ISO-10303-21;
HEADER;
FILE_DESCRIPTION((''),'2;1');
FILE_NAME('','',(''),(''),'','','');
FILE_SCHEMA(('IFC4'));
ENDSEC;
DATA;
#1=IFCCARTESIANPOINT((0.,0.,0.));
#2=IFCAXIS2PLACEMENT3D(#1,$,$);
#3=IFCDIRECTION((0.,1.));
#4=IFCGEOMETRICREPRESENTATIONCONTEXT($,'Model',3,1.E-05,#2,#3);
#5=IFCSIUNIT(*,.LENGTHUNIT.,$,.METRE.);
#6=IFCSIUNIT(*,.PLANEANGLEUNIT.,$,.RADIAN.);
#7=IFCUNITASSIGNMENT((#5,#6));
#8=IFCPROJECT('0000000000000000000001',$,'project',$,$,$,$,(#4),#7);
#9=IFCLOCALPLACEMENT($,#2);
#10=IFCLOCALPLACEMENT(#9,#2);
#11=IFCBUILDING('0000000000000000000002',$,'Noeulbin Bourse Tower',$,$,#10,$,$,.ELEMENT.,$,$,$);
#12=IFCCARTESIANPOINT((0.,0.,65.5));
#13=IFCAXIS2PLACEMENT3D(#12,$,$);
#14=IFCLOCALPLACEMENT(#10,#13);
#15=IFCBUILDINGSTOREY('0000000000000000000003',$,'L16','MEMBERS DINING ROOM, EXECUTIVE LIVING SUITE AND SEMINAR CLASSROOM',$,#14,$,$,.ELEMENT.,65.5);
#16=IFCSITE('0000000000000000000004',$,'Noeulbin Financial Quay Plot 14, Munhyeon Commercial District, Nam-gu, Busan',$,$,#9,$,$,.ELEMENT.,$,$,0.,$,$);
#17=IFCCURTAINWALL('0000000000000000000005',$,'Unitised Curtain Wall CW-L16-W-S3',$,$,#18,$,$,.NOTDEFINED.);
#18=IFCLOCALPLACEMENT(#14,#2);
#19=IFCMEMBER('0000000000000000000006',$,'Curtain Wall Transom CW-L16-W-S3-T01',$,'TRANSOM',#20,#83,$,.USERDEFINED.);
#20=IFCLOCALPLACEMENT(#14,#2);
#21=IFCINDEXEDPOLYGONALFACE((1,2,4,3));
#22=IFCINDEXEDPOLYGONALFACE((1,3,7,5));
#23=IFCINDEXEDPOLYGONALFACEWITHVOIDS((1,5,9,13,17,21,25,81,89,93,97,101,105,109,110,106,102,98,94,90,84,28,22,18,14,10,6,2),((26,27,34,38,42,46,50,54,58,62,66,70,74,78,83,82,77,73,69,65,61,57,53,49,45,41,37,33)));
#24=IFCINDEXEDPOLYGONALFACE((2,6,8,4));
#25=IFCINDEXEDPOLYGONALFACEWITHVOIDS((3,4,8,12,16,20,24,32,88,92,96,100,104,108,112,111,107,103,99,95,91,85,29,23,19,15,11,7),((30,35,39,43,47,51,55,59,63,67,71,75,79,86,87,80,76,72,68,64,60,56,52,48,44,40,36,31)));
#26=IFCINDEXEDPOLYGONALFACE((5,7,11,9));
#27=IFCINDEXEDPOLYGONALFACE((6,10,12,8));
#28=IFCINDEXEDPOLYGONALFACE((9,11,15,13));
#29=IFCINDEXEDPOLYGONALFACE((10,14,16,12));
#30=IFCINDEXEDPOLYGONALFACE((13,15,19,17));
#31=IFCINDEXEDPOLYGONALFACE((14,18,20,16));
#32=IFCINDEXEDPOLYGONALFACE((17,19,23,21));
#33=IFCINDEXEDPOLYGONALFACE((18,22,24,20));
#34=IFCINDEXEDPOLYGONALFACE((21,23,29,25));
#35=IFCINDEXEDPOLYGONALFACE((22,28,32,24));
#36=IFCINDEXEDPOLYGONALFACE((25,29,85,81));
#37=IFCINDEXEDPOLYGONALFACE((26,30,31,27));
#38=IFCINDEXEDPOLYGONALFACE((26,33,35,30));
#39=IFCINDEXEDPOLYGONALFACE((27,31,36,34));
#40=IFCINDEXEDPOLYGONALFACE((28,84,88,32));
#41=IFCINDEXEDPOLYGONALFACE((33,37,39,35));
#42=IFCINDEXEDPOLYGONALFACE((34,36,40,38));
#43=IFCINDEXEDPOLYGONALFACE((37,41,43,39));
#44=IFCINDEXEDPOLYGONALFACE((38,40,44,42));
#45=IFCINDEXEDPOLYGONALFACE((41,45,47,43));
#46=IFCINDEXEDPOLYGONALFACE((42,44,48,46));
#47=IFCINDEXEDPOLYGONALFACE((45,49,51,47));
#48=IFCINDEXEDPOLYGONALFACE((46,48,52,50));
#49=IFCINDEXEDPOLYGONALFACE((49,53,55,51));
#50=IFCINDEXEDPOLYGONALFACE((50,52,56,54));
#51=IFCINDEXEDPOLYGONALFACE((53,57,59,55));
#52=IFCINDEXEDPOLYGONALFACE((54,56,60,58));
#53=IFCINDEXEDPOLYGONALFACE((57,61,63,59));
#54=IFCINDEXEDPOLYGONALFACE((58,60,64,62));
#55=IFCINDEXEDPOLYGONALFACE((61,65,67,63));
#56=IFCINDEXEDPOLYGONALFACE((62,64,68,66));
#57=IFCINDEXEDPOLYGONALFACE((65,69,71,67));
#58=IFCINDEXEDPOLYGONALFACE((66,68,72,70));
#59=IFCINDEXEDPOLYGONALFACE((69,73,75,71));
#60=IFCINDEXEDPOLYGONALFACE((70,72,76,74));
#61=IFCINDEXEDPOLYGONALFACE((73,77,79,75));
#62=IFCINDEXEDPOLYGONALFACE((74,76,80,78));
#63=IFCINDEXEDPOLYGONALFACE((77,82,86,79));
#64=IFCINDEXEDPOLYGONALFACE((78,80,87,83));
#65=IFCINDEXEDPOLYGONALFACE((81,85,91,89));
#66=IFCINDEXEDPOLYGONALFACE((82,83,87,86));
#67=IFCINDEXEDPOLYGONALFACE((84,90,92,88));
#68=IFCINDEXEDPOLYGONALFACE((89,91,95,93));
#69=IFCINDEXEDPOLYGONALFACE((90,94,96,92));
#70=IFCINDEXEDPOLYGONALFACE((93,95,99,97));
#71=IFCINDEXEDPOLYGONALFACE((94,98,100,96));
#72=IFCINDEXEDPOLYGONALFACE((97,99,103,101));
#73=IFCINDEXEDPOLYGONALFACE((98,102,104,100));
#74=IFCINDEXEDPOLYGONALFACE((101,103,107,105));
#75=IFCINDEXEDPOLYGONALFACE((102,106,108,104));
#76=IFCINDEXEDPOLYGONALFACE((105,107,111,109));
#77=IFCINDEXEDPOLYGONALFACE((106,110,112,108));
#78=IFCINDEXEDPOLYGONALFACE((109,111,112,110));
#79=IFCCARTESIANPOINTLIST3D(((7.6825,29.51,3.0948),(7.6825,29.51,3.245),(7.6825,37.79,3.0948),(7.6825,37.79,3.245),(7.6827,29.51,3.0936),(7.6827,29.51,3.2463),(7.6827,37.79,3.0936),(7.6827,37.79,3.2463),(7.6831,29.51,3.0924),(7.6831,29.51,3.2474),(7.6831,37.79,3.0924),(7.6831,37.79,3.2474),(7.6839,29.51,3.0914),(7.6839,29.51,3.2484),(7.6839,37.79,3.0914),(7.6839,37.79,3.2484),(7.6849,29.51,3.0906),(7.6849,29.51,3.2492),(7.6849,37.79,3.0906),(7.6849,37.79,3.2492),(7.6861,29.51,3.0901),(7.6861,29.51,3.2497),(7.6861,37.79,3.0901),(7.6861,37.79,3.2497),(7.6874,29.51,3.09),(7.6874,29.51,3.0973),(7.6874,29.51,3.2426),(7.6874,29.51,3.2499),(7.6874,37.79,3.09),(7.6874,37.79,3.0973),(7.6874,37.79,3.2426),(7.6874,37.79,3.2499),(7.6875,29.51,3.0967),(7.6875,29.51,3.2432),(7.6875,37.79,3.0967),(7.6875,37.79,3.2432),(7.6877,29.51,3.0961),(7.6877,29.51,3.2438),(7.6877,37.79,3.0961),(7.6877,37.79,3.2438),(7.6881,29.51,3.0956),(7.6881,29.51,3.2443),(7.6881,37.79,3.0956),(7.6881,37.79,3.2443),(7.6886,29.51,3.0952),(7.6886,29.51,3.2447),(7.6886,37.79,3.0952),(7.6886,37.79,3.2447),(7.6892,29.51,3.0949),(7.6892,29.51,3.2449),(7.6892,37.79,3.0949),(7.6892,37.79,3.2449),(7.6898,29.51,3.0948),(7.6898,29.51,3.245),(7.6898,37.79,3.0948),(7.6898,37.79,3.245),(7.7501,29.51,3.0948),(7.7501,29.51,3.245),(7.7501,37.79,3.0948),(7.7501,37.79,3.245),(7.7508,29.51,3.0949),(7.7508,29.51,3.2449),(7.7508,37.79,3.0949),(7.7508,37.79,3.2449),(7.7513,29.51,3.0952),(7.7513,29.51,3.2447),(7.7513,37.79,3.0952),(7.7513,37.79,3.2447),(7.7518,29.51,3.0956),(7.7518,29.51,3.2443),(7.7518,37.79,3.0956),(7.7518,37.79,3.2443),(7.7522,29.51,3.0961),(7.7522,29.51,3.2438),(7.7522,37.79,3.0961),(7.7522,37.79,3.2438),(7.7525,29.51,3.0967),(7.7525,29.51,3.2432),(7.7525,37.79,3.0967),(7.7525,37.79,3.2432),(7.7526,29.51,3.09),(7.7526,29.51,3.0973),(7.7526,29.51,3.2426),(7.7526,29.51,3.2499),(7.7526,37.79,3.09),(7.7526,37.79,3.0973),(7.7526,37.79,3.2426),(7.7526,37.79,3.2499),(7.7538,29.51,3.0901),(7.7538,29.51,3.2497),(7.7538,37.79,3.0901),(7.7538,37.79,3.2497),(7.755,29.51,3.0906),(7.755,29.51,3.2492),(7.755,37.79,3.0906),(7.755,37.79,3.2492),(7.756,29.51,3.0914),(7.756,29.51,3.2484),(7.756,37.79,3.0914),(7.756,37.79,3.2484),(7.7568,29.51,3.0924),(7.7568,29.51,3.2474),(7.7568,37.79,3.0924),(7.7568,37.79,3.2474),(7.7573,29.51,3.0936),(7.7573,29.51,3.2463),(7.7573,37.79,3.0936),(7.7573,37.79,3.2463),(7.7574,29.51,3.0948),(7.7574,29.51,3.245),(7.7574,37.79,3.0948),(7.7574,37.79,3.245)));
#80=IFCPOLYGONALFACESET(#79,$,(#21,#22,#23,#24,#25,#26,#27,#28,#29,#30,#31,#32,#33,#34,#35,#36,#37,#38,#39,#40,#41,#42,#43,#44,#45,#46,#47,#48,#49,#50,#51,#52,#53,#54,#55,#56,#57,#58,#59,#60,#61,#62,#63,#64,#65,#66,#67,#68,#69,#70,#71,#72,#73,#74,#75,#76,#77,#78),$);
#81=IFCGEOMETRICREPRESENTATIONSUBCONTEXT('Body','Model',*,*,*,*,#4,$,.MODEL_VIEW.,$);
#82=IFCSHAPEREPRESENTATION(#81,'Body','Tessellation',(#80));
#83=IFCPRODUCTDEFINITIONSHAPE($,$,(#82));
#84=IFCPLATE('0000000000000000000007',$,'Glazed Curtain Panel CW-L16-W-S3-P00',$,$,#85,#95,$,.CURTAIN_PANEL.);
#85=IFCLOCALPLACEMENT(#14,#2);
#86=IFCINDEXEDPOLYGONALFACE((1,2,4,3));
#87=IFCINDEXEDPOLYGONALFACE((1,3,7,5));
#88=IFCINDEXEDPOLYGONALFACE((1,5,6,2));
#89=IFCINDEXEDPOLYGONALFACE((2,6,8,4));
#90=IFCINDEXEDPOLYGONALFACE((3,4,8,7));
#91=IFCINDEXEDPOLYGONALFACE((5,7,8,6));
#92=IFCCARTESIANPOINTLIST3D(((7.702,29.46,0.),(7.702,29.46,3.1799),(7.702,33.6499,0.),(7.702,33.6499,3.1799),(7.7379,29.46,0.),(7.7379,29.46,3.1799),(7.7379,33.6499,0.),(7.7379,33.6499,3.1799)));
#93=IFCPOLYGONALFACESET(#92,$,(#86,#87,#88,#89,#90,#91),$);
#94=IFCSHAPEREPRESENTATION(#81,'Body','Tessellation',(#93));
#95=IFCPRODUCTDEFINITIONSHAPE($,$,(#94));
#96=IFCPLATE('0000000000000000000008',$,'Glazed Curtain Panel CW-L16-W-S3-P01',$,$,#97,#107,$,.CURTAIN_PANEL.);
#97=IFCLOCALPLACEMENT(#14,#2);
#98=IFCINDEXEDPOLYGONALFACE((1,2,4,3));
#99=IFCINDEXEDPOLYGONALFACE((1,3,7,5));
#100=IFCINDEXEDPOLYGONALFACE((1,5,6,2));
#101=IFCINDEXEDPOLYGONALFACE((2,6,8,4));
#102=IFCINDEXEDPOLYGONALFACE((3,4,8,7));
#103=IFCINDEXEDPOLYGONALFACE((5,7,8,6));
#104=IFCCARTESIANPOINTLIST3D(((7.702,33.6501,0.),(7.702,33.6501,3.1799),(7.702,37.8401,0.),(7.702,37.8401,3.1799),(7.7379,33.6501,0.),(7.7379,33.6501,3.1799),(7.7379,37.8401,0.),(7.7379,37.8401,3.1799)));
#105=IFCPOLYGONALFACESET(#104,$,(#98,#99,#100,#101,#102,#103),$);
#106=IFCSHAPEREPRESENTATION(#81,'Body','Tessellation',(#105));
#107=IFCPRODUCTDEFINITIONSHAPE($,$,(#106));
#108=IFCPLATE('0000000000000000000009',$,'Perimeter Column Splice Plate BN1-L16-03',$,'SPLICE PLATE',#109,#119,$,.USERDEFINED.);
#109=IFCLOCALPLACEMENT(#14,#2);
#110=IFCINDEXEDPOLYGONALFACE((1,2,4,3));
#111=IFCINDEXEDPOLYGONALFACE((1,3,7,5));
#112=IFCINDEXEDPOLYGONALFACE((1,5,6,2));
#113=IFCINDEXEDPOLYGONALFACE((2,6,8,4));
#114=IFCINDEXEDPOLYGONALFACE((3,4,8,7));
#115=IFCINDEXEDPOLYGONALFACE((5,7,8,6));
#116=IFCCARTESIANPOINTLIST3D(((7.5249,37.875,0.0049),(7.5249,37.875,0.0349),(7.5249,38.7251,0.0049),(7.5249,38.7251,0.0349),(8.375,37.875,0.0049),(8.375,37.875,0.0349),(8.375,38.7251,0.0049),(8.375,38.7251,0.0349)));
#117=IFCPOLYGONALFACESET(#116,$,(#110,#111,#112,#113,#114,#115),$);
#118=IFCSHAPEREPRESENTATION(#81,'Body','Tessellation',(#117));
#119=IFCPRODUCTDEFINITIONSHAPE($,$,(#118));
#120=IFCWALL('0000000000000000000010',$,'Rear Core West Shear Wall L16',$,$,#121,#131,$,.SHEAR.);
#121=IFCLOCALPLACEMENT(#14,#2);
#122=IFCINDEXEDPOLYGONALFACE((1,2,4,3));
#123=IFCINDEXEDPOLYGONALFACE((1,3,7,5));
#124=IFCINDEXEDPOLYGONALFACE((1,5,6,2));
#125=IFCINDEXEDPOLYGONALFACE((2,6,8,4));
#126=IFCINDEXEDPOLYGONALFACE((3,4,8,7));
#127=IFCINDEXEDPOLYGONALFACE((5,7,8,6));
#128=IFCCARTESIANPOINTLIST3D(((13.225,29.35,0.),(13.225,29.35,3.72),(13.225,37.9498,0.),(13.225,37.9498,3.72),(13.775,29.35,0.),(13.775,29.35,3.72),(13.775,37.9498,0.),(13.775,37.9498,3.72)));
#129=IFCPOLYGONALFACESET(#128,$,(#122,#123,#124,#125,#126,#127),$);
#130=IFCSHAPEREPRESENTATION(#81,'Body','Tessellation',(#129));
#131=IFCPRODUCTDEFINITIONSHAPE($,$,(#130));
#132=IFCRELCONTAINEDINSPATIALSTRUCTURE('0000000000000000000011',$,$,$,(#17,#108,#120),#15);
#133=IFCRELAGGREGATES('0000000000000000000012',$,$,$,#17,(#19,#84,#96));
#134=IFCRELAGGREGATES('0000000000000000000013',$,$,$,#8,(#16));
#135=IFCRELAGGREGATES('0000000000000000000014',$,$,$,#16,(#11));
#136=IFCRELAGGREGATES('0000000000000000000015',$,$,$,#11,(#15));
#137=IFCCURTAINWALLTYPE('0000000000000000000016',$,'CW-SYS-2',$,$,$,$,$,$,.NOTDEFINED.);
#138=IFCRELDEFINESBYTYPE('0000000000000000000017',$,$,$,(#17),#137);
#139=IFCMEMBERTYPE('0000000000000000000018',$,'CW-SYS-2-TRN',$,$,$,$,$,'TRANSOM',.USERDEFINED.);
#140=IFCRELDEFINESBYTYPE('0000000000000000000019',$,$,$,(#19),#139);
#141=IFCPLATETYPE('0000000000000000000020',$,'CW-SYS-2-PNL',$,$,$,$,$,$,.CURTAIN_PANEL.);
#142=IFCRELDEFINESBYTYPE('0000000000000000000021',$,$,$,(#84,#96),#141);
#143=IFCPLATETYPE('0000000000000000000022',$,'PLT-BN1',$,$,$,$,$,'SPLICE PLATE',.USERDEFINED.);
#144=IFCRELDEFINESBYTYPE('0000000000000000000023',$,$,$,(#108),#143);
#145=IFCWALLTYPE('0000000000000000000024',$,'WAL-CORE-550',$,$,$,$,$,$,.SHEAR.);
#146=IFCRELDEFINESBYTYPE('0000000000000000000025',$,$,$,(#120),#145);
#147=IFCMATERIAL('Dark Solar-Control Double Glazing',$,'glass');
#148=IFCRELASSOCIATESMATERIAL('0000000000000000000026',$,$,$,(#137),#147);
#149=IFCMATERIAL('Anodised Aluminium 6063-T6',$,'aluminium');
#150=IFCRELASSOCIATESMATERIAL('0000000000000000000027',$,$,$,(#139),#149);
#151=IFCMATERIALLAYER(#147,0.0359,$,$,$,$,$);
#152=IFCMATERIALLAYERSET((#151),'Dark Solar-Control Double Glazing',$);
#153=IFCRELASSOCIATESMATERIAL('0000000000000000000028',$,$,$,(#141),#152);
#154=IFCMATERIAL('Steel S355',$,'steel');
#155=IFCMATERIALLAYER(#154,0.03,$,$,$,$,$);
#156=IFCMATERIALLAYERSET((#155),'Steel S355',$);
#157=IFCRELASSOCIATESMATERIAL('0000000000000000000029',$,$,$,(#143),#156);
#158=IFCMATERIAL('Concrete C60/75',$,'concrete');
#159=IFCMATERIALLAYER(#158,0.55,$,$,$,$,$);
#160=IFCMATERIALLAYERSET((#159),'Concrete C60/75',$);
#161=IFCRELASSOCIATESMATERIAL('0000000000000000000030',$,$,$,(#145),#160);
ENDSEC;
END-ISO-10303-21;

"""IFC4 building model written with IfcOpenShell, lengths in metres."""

from ifc_helpers import new_model, si_unit, direction, frame, frame_2d, origin, origin_2d, place, context, subcontext, project, spatial, rectangle, hollow_rectangle, extrude, material, layer, layer_set, material_profile, profile_set, type_object, element, aggregate, save


model = new_model("IFC4")

# Units and contexts
model_context = context("Model", 3, precision=1e-05, world=origin(), true_north=direction((0.0, 1.0)))
body_context = subcontext(model_context, "Body", "Model", "MODEL_VIEW")
ifc_project = project(units=[si_unit("LENGTHUNIT", "METRE"), si_unit("PLANEANGLEUNIT", "RADIAN")], contexts=[model_context])

# Site, building, storey
site_placement = place(None, origin())
site = spatial("IfcSite", under=ifc_project, at=site_placement, Name="Noeulbin Financial Quay Plot 14, Munhyeon Commercial District, Nam-gu, Busan", CompositionType="ELEMENT", RefElevation=0.0)
building_placement = place(site_placement, origin())
building = spatial("IfcBuilding", under=site, at=building_placement, Name="Noeulbin Bourse Tower", CompositionType="ELEMENT")
storey_placement = place(building_placement, frame((0.0, 0.0, 65.5)))
storey = spatial("IfcBuildingStorey", under=building, at=storey_placement, Name="L16", Description="MEMBERS DINING ROOM, EXECUTIVE LIVING SUITE AND SEMINAR CLASSROOM", CompositionType="ELEMENT", Elevation=65.5)

# Shared definitions
ifc_material_1 = material(Name="Steel S355", Category="steel")

# Curtain wall, member, plates
ifc_material_2 = material(Name="Dark Solar-Control Double Glazing", Category="glass")
curtain_wall_type = type_object("IfcCurtainWallType", Name="CW-SYS-2", PredefinedType="NOTDEFINED", material=ifc_material_2)
curtain_wall_placement = place(storey_placement, origin())
curtain_wall = element("IfcCurtainWall", 1, at=curtain_wall_placement, inside=storey, type_object=curtain_wall_type, Name="Unitised Curtain Wall CW-L16-W-S3", PredefinedType="NOTDEFINED")
ifc_material_3 = material(Name="Anodised Aluminium 6063-T6", Category="aluminium")
ifc_material_profile_1 = material_profile(ifc_material_3, hollow_rectangle(XDim=0.075, YDim=0.1599, WallThickness=0.0049, InnerFilletRadius=0.0024, OuterFilletRadius=0.0049, at=origin_2d()), Name="ALU-TRAN-75x160x5", Category="LoadBearing")
ifc_profile_set_1 = profile_set([ifc_material_profile_1], Name="Anodised Aluminium 6063-T6")
member_type_1 = type_object("IfcMemberType", Name="CW-SYS-2-TRN", ElementType="TRANSOM", PredefinedType="USERDEFINED", material=ifc_profile_set_1)
member_1_placement = place(storey_placement, frame((7.72, 29.51, 3.1699), z_axis=(0.0, 1.0, 0.0), x_axis=(-1.0, 0.0, 0.0)))
member_1 = element("IfcMember", 2, at=member_1_placement, type_object=member_type_1, Name="Curtain Wall Transom CW-L16-W-S3-T01", ObjectType="TRANSOM", PredefinedType="USERDEFINED", context=body_context, shape_type="SweptSolid", body=[
    extrude(hollow_rectangle(XDim=0.075, YDim=0.1599, WallThickness=0.0049, InnerFilletRadius=0.0024, OuterFilletRadius=0.0049, at=origin_2d()), origin(), (0.0, 0.0, 1.0), 8.28),
])
ifc_layer_1 = layer(ifc_material_2, 0.0359)
ifc_layer_set_1 = layer_set([ifc_layer_1], Name="Dark Solar-Control Double Glazing")
plate_type_1 = type_object("IfcPlateType", Name="CW-SYS-2-PNL", PredefinedType="CURTAIN_PANEL", material=ifc_layer_set_1)
plate_1_placement = place(storey_placement, frame((7.72, 31.5549, 0.0), z_axis=(0.0, 0.0, 1.0), x_axis=(0.0, 1.0, 0.0)))
plate_1 = element("IfcPlate", 3, at=plate_1_placement, type_object=plate_type_1, Name="Glazed Curtain Panel CW-L16-W-S3-P00", PredefinedType="CURTAIN_PANEL", context=body_context, shape_type="SweptSolid", body=[
    extrude(rectangle(XDim=4.1899, YDim=0.0359, at=origin_2d()), origin(), (0.0, 0.0, 1.0), 3.1799),
])
plate_2_placement = place(storey_placement, frame((7.72, 35.7451, 0.0), z_axis=(0.0, 0.0, 1.0), x_axis=(0.0, 1.0, 0.0)))
plate_2 = element("IfcPlate", 4, at=plate_2_placement, type_object=plate_type_1, Name="Glazed Curtain Panel CW-L16-W-S3-P01", PredefinedType="CURTAIN_PANEL", context=body_context, shape_type="SweptSolid", body=[
    extrude(rectangle(XDim=4.1899, YDim=0.0359, at=origin_2d()), origin(), (0.0, 0.0, 1.0), 3.1799),
])
aggregate(curtain_wall, [member_1, plate_1, plate_2])

# Plate
ifc_layer_2 = layer(ifc_material_1, 0.03)
ifc_layer_set_2 = layer_set([ifc_layer_2], Name="Steel S355")
plate_type_2 = type_object("IfcPlateType", Name="PLT-BN1", ElementType="SPLICE PLATE", PredefinedType="USERDEFINED", material=ifc_layer_set_2)
plate_3_placement = place(storey_placement, frame((7.95, 38.3, 0.0049), z_axis=(0.0, 0.0, 1.0), x_axis=(1.0, 0.0, 0.0)))
element("IfcPlate", 5, at=plate_3_placement, inside=storey, type_object=plate_type_2, Name="Perimeter Column Splice Plate BN1-L16-03", ObjectType="SPLICE PLATE", PredefinedType="USERDEFINED", context=body_context, shape_type="SweptSolid", body=[
    extrude(rectangle(XDim=0.8501, YDim=0.8501, at=origin_2d()), origin(), (0.0, 0.0, 1.0), 0.03),
])

# Wall
ifc_material_4 = material(Name="Concrete C60/75", Category="concrete")
ifc_layer_3 = layer(ifc_material_4, 0.55)
ifc_layer_set_3 = layer_set([ifc_layer_3], Name="Concrete C60/75")
wall_type = type_object("IfcWallType", Name="WAL-CORE-550", PredefinedType="SHEAR", material=ifc_layer_set_3)
wall_placement = place(storey_placement, frame((13.5, 29.3501, 0.0), z_axis=(0.0, 0.0, 1.0), x_axis=(0.0, 1.0, 0.0)))
element("IfcWall", 6, at=wall_placement, inside=storey, type_object=wall_type, Name="Rear Core West Shear Wall L16", PredefinedType="SHEAR", context=body_context, shape_type="SweptSolid", body=[
    extrude(rectangle(XDim=8.5999, YDim=0.55, at=frame_2d((4.2998, 0.0))), origin(), (0.0, 0.0, 1.0), 3.72),
])

save(model, "model.ifc")
